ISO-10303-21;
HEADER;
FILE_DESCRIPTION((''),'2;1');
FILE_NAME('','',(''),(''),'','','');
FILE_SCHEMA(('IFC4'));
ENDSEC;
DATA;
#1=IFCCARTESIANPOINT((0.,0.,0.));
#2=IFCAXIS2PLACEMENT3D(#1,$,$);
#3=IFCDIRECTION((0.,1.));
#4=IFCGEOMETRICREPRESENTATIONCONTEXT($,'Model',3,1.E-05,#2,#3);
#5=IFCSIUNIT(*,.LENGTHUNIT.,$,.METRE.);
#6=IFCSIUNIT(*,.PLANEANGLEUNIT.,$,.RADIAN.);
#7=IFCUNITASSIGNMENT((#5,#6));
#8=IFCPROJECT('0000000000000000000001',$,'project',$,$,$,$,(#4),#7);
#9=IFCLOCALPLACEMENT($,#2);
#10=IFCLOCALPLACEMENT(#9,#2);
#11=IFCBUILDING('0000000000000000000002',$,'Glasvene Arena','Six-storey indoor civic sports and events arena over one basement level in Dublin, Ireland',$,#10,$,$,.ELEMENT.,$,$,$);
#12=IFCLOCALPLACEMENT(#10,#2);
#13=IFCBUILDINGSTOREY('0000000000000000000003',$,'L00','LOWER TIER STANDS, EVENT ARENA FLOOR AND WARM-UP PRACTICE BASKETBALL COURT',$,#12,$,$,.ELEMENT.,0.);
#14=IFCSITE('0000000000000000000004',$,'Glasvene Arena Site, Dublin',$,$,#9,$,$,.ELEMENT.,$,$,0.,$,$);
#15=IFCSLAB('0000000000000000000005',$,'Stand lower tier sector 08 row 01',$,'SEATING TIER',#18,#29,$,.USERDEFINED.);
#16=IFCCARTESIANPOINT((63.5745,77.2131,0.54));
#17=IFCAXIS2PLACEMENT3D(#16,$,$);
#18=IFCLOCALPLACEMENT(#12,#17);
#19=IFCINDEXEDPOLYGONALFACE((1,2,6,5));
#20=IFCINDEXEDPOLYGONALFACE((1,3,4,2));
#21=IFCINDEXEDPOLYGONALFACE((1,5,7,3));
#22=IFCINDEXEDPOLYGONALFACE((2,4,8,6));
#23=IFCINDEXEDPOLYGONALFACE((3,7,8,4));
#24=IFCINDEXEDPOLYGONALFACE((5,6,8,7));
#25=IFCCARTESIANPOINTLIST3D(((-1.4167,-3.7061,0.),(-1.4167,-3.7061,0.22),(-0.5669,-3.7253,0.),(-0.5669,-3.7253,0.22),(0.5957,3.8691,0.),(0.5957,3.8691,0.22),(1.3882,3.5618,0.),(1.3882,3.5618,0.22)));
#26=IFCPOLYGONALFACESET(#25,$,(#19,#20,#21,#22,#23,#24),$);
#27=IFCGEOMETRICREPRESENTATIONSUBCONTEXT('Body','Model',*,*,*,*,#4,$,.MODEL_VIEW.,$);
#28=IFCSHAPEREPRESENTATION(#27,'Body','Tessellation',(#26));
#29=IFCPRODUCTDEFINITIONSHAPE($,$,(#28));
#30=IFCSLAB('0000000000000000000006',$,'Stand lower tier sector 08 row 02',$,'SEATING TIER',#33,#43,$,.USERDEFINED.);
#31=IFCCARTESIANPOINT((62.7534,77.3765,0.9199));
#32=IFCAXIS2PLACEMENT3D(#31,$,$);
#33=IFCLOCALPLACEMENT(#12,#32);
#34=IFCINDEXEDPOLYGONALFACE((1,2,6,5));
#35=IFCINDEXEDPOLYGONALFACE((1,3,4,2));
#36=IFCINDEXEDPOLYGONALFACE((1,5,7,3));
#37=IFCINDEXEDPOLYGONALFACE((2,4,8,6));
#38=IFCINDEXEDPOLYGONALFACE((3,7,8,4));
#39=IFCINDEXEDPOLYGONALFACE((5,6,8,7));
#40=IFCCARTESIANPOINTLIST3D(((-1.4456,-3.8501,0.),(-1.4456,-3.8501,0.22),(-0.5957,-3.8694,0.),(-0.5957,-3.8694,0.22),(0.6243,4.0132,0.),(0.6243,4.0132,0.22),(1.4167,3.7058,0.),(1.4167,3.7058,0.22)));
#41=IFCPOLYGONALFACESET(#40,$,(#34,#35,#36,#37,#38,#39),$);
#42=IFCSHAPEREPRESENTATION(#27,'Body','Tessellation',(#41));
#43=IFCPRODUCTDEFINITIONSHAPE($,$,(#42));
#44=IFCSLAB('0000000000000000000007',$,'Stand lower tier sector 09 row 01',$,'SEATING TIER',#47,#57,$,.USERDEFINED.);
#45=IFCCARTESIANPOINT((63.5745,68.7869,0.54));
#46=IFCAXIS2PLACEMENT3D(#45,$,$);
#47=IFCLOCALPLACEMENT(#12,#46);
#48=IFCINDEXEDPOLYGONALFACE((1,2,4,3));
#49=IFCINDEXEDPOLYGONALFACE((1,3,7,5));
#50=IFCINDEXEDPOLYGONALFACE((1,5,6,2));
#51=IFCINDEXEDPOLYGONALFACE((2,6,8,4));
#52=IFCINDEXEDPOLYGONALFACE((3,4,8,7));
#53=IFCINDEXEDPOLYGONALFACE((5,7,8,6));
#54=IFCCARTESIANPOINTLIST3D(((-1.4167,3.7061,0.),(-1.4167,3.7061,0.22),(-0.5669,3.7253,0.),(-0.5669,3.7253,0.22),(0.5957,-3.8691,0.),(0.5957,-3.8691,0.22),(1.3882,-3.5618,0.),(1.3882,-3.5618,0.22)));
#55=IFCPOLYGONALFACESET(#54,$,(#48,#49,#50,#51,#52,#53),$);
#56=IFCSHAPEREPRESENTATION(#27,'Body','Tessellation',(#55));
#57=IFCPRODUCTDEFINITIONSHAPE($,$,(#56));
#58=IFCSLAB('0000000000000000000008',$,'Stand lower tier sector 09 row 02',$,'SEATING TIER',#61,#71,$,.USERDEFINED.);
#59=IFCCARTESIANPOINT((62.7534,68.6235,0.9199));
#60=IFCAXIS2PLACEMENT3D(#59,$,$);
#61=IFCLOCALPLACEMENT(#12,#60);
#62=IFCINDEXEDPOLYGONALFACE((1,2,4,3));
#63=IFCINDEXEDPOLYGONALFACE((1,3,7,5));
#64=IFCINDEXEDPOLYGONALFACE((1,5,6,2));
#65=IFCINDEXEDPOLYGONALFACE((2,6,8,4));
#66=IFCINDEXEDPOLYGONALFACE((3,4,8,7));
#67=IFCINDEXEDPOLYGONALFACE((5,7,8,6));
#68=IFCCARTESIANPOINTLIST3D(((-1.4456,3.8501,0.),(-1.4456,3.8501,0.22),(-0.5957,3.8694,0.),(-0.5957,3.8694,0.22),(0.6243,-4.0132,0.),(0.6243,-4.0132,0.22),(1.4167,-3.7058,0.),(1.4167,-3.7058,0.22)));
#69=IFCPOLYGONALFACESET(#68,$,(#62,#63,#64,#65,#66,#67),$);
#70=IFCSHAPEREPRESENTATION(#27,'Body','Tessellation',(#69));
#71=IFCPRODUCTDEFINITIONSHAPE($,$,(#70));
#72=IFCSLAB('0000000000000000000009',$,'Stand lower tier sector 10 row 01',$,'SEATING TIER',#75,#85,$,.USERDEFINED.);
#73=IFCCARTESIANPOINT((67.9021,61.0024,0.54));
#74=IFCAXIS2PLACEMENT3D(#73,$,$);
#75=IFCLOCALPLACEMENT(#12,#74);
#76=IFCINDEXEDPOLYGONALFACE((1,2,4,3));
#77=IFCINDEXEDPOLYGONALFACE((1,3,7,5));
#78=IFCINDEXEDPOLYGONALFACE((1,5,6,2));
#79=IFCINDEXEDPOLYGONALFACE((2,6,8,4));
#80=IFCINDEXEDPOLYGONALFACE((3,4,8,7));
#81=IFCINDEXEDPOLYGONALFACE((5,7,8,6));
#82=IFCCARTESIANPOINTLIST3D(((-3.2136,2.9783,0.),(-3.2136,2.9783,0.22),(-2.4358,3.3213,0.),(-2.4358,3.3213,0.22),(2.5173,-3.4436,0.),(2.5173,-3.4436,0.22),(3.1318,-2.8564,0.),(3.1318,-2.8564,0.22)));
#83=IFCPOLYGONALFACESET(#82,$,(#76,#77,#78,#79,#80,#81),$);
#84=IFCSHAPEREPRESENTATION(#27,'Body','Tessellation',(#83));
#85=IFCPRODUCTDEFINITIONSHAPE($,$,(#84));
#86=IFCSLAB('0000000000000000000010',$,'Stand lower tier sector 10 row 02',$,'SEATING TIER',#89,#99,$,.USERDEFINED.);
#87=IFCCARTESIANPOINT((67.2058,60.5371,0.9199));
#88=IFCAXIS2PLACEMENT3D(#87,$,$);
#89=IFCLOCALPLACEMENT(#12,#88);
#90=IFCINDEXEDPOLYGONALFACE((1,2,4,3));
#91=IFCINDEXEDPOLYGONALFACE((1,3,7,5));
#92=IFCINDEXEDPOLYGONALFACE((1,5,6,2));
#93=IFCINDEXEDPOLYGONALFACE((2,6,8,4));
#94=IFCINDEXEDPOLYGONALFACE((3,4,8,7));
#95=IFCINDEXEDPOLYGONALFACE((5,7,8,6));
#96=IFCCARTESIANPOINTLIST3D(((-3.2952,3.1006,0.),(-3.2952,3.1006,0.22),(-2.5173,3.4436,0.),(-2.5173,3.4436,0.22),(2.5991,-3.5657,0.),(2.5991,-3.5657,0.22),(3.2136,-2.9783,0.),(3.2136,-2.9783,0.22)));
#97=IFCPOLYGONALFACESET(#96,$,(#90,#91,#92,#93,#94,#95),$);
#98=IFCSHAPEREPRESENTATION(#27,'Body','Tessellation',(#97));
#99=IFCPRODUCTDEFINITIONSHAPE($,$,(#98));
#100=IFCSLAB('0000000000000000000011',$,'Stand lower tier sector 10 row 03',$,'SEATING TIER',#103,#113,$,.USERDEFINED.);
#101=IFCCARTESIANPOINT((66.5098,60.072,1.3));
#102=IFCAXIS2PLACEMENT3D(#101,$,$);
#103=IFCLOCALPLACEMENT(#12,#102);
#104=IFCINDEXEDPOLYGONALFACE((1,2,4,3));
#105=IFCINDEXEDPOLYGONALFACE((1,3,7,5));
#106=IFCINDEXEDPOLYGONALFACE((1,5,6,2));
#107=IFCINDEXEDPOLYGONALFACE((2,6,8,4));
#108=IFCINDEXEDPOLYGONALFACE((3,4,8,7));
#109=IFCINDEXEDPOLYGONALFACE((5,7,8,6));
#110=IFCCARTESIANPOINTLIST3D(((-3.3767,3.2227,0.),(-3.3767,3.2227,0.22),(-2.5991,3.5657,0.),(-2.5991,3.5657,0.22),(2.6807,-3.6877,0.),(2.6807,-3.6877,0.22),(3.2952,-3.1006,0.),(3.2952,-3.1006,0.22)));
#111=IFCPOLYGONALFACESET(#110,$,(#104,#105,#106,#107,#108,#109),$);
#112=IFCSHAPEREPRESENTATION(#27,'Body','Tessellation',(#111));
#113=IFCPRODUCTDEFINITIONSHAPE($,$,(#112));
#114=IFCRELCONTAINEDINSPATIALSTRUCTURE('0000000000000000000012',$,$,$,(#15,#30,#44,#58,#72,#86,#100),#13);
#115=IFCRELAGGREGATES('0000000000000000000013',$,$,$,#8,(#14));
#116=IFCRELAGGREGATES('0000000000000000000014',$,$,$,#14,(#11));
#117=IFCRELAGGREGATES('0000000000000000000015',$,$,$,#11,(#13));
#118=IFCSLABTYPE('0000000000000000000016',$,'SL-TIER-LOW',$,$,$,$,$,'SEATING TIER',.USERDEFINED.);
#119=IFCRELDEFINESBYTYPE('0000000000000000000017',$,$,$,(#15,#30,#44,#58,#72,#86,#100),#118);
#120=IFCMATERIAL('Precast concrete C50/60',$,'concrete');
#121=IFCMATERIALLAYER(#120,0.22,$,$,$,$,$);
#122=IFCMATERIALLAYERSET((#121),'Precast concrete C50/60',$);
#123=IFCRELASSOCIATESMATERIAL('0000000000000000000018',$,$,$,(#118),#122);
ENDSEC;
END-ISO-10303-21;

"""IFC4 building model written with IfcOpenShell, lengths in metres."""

from ifc_helpers import new_model, si_unit, direction, frame, origin, place, context, subcontext, project, spatial, polyline, outline, extrude, material, layer, layer_set, type_object, element, save


model = new_model("IFC4")

# Units and contexts
model_context = context("Model", 3, precision=1e-05, world=origin(), true_north=direction((0.0, 1.0)))
body_context = subcontext(model_context, "Body", "Model", "MODEL_VIEW")
ifc_project = project(units=[si_unit("LENGTHUNIT", "METRE"), si_unit("PLANEANGLEUNIT", "RADIAN")], contexts=[model_context])

# Site, building, storey
site_placement = place(None, origin())
site = spatial("IfcSite", under=ifc_project, at=site_placement, Name="Glasvene Arena Site, Dublin", CompositionType="ELEMENT", RefElevation=0.0)
building_placement = place(site_placement, origin())
building = spatial("IfcBuilding", under=site, at=building_placement, Name="Glasvene Arena", Description="Six-storey indoor civic sports and events arena over one basement level in Dublin, Ireland", CompositionType="ELEMENT")
storey_placement = place(building_placement, origin())
storey = spatial("IfcBuildingStorey", under=building, at=storey_placement, Name="L00", Description="LOWER TIER STANDS, EVENT ARENA FLOOR AND WARM-UP PRACTICE BASKETBALL COURT", CompositionType="ELEMENT", Elevation=0.0)

# Shared definitions
ifc_material_1 = material(Name="Precast concrete C50/60", Category="concrete")

# Slabs
ifc_layer = layer(ifc_material_1, 0.22)
ifc_layer_set = layer_set([ifc_layer], Name="Precast concrete C50/60")
slab_type = type_object("IfcSlabType", Name="SL-TIER-LOW", ElementType="SEATING TIER", PredefinedType="USERDEFINED", material=ifc_layer_set)
slab_1_placement = place(storey_placement, frame((63.5745, 77.2131, 0.54)))
element("IfcSlab", 1, at=slab_1_placement, inside=storey, type_object=slab_type, Name="Stand lower tier sector 08 row 01", ObjectType="SEATING TIER", PredefinedType="USERDEFINED", context=body_context, shape_type="SweptSolid", body=[
    extrude(outline(polyline([(1.3882, 3.5618), (-0.5669, -3.7253), (-1.4167, -3.7061), (0.5957, 3.8691), (1.3882, 3.5618)])), origin(), (0.0, 0.0, 1.0), 0.22),
])
slab_2_placement = place(storey_placement, frame((62.7534, 77.3765, 0.9199)))
element("IfcSlab", 2, at=slab_2_placement, inside=storey, type_object=slab_type, Name="Stand lower tier sector 08 row 02", ObjectType="SEATING TIER", PredefinedType="USERDEFINED", context=body_context, shape_type="SweptSolid", body=[
    extrude(outline(polyline([(1.4167, 3.7058), (-0.5957, -3.8694), (-1.4456, -3.8501), (0.6243, 4.0132), (1.4167, 3.7058)])), origin(), (0.0, 0.0, 1.0), 0.22),
])
slab_3_placement = place(storey_placement, frame((63.5745, 68.7869, 0.54)))
element("IfcSlab", 3, at=slab_3_placement, inside=storey, type_object=slab_type, Name="Stand lower tier sector 09 row 01", ObjectType="SEATING TIER", PredefinedType="USERDEFINED", context=body_context, shape_type="SweptSolid", body=[
    extrude(outline(polyline([(-0.5669, 3.7253), (1.3882, -3.5618), (0.5957, -3.8691), (-1.4167, 3.7061), (-0.5669, 3.7253)])), origin(), (0.0, 0.0, 1.0), 0.22),
])
slab_4_placement = place(storey_placement, frame((62.7534, 68.6235, 0.9199)))
element("IfcSlab", 4, at=slab_4_placement, inside=storey, type_object=slab_type, Name="Stand lower tier sector 09 row 02", ObjectType="SEATING TIER", PredefinedType="USERDEFINED", context=body_context, shape_type="SweptSolid", body=[
    extrude(outline(polyline([(-0.5957, 3.8694), (1.4167, -3.7058), (0.6243, -4.0132), (-1.4456, 3.8501), (-0.5957, 3.8694)])), origin(), (0.0, 0.0, 1.0), 0.22),
])
slab_5_placement = place(storey_placement, frame((67.9021, 61.0024, 0.54)))
element("IfcSlab", 5, at=slab_5_placement, inside=storey, type_object=slab_type, Name="Stand lower tier sector 10 row 01", ObjectType="SEATING TIER", PredefinedType="USERDEFINED", context=body_context, shape_type="SweptSolid", body=[
    extrude(outline(polyline([(-2.4358, 3.3213), (3.1318, -2.8564), (2.5173, -3.4436), (-3.2136, 2.9783), (-2.4358, 3.3213)])), origin(), (0.0, 0.0, 1.0), 0.22),
])
slab_6_placement = place(storey_placement, frame((67.2058, 60.5371, 0.9199)))
element("IfcSlab", 6, at=slab_6_placement, inside=storey, type_object=slab_type, Name="Stand lower tier sector 10 row 02", ObjectType="SEATING TIER", PredefinedType="USERDEFINED", context=body_context, shape_type="SweptSolid", body=[
    extrude(outline(polyline([(-2.5173, 3.4436), (3.2136, -2.9783), (2.5991, -3.5657), (-3.2952, 3.1006), (-2.5173, 3.4436)])), origin(), (0.0, 0.0, 1.0), 0.22),
])
slab_7_placement = place(storey_placement, frame((66.5098, 60.072, 1.3)))
element("IfcSlab", 7, at=slab_7_placement, inside=storey, type_object=slab_type, Name="Stand lower tier sector 10 row 03", ObjectType="SEATING TIER", PredefinedType="USERDEFINED", context=body_context, shape_type="SweptSolid", body=[
    extrude(outline(polyline([(-2.5991, 3.5657), (3.2952, -3.1006), (2.6807, -3.6877), (-3.3767, 3.2227), (-2.5991, 3.5657)])), origin(), (0.0, 0.0, 1.0), 0.22),
])

save(model, "model.ifc")
